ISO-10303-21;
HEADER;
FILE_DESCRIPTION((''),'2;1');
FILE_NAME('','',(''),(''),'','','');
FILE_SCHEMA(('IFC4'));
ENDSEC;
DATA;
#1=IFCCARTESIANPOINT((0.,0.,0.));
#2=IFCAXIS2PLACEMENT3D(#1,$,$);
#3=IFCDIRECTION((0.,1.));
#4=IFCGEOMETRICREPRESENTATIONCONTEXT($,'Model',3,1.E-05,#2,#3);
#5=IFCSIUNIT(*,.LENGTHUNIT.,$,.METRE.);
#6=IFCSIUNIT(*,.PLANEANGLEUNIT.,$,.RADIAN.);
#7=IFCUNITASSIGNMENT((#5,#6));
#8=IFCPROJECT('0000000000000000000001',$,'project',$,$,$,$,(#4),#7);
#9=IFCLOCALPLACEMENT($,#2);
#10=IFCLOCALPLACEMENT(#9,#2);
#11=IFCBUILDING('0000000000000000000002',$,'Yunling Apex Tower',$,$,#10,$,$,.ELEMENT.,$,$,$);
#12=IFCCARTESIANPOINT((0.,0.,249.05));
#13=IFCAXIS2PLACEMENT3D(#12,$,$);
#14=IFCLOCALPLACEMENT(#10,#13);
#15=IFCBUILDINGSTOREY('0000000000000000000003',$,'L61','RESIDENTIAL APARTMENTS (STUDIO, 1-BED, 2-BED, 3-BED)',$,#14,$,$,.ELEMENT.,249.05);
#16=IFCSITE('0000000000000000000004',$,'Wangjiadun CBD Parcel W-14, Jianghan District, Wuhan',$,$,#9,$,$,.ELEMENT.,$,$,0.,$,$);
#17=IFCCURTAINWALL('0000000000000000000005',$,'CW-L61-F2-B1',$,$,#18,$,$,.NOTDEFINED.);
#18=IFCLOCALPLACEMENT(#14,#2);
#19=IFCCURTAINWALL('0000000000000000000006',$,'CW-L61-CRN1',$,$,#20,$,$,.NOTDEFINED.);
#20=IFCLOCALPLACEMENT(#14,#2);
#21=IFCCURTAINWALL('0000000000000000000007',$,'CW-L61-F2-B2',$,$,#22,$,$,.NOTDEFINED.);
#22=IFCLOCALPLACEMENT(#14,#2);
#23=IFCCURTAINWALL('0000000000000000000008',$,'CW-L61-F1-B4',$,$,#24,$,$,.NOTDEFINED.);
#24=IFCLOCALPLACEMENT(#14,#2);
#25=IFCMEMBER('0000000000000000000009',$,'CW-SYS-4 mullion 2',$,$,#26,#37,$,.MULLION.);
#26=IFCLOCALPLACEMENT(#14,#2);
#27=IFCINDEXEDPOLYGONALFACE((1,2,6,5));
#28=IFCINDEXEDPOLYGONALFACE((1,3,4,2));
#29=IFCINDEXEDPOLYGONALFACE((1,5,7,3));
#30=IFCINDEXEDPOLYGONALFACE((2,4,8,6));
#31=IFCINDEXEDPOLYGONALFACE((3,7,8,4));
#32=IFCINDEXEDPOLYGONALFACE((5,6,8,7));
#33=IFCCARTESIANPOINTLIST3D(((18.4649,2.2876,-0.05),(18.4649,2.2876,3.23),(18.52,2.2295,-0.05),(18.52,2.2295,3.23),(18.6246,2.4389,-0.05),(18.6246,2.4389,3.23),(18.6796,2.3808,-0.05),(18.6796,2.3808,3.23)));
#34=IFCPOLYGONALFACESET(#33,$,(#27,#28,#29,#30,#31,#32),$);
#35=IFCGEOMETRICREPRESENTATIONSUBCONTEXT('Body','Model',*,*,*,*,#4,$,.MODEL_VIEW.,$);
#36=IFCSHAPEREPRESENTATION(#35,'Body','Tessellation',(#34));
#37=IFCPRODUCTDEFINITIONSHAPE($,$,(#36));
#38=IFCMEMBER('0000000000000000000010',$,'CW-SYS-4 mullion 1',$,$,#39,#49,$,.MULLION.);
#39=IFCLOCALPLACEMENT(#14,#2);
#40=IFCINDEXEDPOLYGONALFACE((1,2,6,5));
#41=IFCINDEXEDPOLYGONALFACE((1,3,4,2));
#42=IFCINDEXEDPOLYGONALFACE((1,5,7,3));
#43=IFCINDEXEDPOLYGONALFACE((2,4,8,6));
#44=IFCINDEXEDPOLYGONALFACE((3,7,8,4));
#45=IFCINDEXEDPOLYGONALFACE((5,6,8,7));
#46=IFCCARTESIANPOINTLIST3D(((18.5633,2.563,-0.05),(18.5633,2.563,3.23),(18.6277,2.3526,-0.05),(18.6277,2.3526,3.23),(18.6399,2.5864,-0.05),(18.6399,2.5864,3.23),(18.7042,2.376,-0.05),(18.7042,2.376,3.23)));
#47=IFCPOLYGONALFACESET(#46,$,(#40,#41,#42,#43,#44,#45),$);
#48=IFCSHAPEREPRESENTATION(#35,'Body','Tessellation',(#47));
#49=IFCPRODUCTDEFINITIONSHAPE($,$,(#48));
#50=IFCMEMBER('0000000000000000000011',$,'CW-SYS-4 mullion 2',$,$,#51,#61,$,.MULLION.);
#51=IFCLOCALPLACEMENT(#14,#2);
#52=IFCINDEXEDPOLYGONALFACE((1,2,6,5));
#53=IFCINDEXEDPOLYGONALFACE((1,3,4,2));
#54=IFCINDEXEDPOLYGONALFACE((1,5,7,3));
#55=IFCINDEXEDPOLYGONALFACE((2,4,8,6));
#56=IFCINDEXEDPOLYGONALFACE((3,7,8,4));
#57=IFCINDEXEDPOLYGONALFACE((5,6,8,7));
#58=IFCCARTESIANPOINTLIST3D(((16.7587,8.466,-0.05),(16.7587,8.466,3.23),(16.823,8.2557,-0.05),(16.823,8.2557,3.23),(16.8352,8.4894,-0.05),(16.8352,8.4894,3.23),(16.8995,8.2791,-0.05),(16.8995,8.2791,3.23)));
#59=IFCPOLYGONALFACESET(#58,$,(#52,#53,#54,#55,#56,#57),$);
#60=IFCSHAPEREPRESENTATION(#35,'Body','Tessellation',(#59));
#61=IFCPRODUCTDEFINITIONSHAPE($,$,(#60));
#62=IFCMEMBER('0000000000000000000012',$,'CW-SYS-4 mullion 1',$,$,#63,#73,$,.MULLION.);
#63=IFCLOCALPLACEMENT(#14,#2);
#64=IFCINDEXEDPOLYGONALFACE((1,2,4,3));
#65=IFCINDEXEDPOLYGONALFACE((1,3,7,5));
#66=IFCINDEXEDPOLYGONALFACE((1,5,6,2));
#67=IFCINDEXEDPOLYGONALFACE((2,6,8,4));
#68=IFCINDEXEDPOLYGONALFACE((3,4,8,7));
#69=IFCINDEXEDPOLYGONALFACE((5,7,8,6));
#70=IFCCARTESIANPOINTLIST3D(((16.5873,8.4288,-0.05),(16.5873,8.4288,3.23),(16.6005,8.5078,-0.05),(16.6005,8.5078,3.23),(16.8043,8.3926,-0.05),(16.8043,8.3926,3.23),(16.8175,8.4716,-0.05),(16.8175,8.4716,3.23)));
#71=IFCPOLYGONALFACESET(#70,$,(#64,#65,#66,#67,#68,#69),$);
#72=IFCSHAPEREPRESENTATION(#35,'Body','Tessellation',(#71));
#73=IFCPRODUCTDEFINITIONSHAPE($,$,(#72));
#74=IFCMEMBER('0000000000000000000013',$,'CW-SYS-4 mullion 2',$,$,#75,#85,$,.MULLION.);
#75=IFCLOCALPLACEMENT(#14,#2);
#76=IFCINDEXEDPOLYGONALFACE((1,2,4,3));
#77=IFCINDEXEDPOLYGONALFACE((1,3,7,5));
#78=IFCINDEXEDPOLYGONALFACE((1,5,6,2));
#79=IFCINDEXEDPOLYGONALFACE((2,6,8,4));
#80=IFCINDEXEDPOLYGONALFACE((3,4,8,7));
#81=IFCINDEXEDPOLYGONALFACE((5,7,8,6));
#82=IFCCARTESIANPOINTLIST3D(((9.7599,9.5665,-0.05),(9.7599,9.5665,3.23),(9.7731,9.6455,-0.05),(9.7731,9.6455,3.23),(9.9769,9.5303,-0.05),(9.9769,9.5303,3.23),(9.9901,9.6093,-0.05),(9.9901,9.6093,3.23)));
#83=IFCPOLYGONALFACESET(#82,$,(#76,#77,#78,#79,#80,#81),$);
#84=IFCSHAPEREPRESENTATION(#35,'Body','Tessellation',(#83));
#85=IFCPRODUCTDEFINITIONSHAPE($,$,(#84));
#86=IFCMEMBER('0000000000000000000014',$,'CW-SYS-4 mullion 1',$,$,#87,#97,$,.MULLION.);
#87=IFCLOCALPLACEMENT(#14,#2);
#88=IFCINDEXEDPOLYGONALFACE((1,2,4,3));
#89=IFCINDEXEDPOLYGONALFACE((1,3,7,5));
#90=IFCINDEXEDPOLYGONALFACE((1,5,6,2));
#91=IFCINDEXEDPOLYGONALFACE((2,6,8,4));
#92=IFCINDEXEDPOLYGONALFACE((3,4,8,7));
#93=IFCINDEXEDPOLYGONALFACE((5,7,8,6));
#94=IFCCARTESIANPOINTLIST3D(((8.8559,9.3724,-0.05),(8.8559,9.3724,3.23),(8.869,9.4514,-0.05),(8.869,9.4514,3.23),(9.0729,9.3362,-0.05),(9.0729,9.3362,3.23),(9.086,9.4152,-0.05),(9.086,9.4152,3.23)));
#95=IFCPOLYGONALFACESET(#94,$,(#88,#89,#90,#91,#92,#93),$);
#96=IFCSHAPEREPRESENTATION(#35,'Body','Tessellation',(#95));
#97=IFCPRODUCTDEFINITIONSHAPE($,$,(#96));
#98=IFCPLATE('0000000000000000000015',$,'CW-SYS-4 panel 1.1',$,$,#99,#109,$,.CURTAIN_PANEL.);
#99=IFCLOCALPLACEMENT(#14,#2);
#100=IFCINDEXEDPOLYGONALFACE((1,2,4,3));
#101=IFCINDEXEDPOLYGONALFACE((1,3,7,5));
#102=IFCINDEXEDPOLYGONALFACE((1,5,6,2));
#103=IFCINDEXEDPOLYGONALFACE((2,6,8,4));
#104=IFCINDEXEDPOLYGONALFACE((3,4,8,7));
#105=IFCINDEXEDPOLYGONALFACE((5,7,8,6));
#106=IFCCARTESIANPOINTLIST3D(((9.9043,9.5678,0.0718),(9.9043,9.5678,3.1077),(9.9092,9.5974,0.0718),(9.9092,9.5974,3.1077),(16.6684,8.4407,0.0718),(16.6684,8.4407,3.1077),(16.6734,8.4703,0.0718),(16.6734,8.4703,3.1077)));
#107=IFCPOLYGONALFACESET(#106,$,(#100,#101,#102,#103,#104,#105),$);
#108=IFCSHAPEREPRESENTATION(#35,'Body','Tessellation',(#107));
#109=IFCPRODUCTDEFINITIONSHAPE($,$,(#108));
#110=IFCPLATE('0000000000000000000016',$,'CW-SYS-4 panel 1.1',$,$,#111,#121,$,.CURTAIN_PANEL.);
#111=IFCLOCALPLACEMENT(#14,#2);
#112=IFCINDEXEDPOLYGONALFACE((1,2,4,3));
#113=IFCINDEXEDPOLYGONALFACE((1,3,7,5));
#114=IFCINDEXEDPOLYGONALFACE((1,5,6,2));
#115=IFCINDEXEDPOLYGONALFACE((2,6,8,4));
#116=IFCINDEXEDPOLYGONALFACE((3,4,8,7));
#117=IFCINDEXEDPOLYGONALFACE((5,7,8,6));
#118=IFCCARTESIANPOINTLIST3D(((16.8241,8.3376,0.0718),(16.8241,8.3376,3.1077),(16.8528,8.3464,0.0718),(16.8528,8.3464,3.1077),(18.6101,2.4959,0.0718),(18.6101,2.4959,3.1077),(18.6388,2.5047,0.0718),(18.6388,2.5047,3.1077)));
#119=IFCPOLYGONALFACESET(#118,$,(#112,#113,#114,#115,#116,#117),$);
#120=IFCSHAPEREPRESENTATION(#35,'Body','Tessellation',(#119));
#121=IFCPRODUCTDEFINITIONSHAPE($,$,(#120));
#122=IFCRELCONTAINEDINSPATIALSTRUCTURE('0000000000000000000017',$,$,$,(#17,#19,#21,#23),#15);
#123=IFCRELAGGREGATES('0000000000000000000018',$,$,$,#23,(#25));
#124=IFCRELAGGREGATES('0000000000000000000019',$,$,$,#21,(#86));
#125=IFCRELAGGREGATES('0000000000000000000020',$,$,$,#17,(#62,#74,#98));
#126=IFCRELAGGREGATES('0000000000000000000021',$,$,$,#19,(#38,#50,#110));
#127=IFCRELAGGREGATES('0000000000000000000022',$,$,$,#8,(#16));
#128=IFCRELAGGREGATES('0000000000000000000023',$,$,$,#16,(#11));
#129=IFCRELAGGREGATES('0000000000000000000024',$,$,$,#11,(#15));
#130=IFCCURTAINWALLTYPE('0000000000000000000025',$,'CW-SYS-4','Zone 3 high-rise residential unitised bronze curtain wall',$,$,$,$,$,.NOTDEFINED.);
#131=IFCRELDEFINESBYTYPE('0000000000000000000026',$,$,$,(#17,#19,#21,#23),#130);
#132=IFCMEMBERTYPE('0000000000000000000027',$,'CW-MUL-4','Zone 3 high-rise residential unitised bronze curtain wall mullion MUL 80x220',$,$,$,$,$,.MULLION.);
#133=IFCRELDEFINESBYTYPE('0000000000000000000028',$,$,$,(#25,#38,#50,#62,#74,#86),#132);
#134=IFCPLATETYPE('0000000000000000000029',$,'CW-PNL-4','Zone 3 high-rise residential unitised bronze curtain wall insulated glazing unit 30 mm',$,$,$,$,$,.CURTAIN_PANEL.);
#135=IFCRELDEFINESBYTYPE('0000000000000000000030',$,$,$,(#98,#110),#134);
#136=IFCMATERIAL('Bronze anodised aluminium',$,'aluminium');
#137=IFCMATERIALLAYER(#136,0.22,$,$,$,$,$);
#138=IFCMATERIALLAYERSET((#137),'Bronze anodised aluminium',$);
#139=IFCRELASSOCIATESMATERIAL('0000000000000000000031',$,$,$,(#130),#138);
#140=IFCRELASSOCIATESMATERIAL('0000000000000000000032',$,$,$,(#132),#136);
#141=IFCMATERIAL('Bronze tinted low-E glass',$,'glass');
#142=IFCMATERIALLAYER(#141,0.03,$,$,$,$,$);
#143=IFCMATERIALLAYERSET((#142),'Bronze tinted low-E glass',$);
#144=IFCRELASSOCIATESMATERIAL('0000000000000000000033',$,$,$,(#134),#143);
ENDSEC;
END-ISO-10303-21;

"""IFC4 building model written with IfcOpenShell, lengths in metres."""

from ifc_helpers import new_model, si_unit, direction, frame, origin, origin_2d, place, context, subcontext, project, spatial, rectangle, extrude, source, transform, mapped, material, layer, layer_set, material_profile, profile_set, type_object, element, aggregate, save


model = new_model("IFC4")

# Units and contexts
model_context = context("Model", 3, precision=1e-05, world=origin(), true_north=direction((0.0, 1.0)))
body_context = subcontext(model_context, "Body", "Model", "MODEL_VIEW")
ifc_project = project(units=[si_unit("LENGTHUNIT", "METRE"), si_unit("PLANEANGLEUNIT", "RADIAN")], contexts=[model_context])

# Site, building, storey
site_placement = place(None, origin())
site = spatial("IfcSite", under=ifc_project, at=site_placement, Name="Wangjiadun CBD Parcel W-14, Jianghan District, Wuhan", CompositionType="ELEMENT", RefElevation=0.0)
building_placement = place(site_placement, origin())
building = spatial("IfcBuilding", under=site, at=building_placement, Name="Yunling Apex Tower", CompositionType="ELEMENT")
storey_placement = place(building_placement, frame((0.0, 0.0, 249.05)))
storey = spatial("IfcBuildingStorey", under=building, at=storey_placement, Name="L61", Description="RESIDENTIAL APARTMENTS (STUDIO, 1-BED, 2-BED, 3-BED)", CompositionType="ELEMENT", Elevation=249.05)

# Curtain walls
ifc_material_1 = material(Name="Bronze anodised aluminium", Category="aluminium")
ifc_layer_1 = layer(ifc_material_1, 0.22)
ifc_layer_set_1 = layer_set([ifc_layer_1], Name="Bronze anodised aluminium")
curtain_wall_type = type_object("IfcCurtainWallType", Name="CW-SYS-4", Description="Zone 3 high-rise residential unitised bronze curtain wall", PredefinedType="NOTDEFINED", material=ifc_layer_set_1)
curtain_wall_1_placement = place(storey_placement, origin())
curtain_wall_1 = element("IfcCurtainWall", 1, at=curtain_wall_1_placement, inside=storey, type_object=curtain_wall_type, Name="CW-L61-F2-B1", PredefinedType="NOTDEFINED")
curtain_wall_2_placement = place(storey_placement, origin())
curtain_wall_2 = element("IfcCurtainWall", 2, at=curtain_wall_2_placement, inside=storey, type_object=curtain_wall_type, Name="CW-L61-CRN1", PredefinedType="NOTDEFINED")
curtain_wall_3_placement = place(storey_placement, origin())
curtain_wall_3 = element("IfcCurtainWall", 3, at=curtain_wall_3_placement, inside=storey, type_object=curtain_wall_type, Name="CW-L61-F2-B2", PredefinedType="NOTDEFINED")

# Curtain wall, member
curtain_wall_4_placement = place(storey_placement, origin())
curtain_wall_4 = element("IfcCurtainWall", 4, at=curtain_wall_4_placement, inside=storey, type_object=curtain_wall_type, Name="CW-L61-F1-B4", PredefinedType="NOTDEFINED")
ifc_material_profile_1 = material_profile(ifc_material_1, rectangle(XDim=0.0801, YDim=0.22, at=origin_2d()))
ifc_profile_set_1 = profile_set([ifc_material_profile_1], Name="Bronze anodised aluminium")
member_type_1 = type_object("IfcMemberType", Name="CW-MUL-4", Description="Zone 3 high-rise residential unitised bronze curtain wall mullion MUL 80x220", PredefinedType="MULLION", material=ifc_profile_set_1)
shared_shape_1 = source(origin(), body_context, "Body", "SweptSolid", [
    extrude(rectangle(XDim=0.0801, YDim=0.22, at=origin_2d()), origin(), (0.0, 0.0, 1.0), 3.28),
])
member_1_placement = place(storey_placement, frame((18.5723, 2.3342, -0.05), z_axis=(0.0, 0.0, 1.0), x_axis=(-0.687848, 0.725855, 0.0)))
member_1 = element("IfcMember", 5, at=member_1_placement, type_object=member_type_1, Name="CW-SYS-4 mullion 2", PredefinedType="MULLION", context=body_context, shape_type="MappedRepresentation", body=[
    mapped(shared_shape_1, transform((0.0, 0.0, 0.0), scale=1.0)),
])
aggregate(curtain_wall_4, [member_1])

# Members
member_2_placement = place(storey_placement, frame((18.6338, 2.4695, -0.05), z_axis=(0.0, 0.0, 1.0), x_axis=(-0.956305, -0.292369, 0.0)))
member_2 = element("IfcMember", 6, at=member_2_placement, type_object=member_type_1, Name="CW-SYS-4 mullion 1", PredefinedType="MULLION", context=body_context, shape_type="MappedRepresentation", body=[
    mapped(shared_shape_1, transform((0.0, 0.0, 0.0), scale=1.0)),
])
member_3_placement = place(storey_placement, frame((16.8291, 8.3726, -0.05), z_axis=(0.0, 0.0, 1.0), x_axis=(-0.956305, -0.292369, 0.0)))
member_3 = element("IfcMember", 7, at=member_3_placement, type_object=member_type_1, Name="CW-SYS-4 mullion 2", PredefinedType="MULLION", context=body_context, shape_type="MappedRepresentation", body=[
    mapped(shared_shape_1, transform((0.0, 0.0, 0.0), scale=1.0)),
])
member_4_placement = place(storey_placement, frame((16.7024, 8.4502, -0.05), z_axis=(0.0, 0.0, 1.0), x_axis=(-0.164353, -0.986402, 0.0)))
member_4 = element("IfcMember", 8, at=member_4_placement, type_object=member_type_1, Name="CW-SYS-4 mullion 1", PredefinedType="MULLION", context=body_context, shape_type="MappedRepresentation", body=[
    mapped(shared_shape_1, transform((0.0, 0.0, 0.0), scale=1.0)),
])
member_5_placement = place(storey_placement, frame((9.875, 9.5879, -0.05), z_axis=(0.0, 0.0, 1.0), x_axis=(-0.164353, -0.986402, 0.0)))
member_5 = element("IfcMember", 9, at=member_5_placement, type_object=member_type_1, Name="CW-SYS-4 mullion 2", PredefinedType="MULLION", context=body_context, shape_type="MappedRepresentation", body=[
    mapped(shared_shape_1, transform((0.0, 0.0, 0.0), scale=1.0)),
])
member_6_placement = place(storey_placement, frame((8.9709, 9.3938, -0.05), z_axis=(0.0, 0.0, 1.0), x_axis=(-0.164371, -0.986399, 0.0)))
member_6 = element("IfcMember", 10, at=member_6_placement, type_object=member_type_1, Name="CW-SYS-4 mullion 1", PredefinedType="MULLION", context=body_context, shape_type="MappedRepresentation", body=[
    mapped(shared_shape_1, transform((0.0, 0.0, 0.0), scale=1.0)),
])
aggregate(curtain_wall_3, [member_6])

# Plates
ifc_material_2 = material(Name="Bronze tinted low-E glass", Category="glass")
ifc_layer_2 = layer(ifc_material_2, 0.03)
ifc_layer_set_2 = layer_set([ifc_layer_2], Name="Bronze tinted low-E glass")
plate_type = type_object("IfcPlateType", Name="CW-PNL-4", Description="Zone 3 high-rise residential unitised bronze curtain wall insulated glazing unit 30 mm", PredefinedType="CURTAIN_PANEL", material=ifc_layer_set_2)
shared_shape_2 = source(origin(), body_context, "Body", "SweptSolid", [
    extrude(rectangle(XDim=6.8574, YDim=0.03, at=origin_2d()), origin(), (0.0, 0.0, 1.0), 3.0359),
])
plate_1_placement = place(storey_placement, frame((13.2888, 9.019, 0.0718), z_axis=(0.0, 0.0, 1.0), x_axis=(-0.986402, 0.164353, 0.0)))
plate_1 = element("IfcPlate", 11, at=plate_1_placement, type_object=plate_type, Name="CW-SYS-4 panel 1.1", PredefinedType="CURTAIN_PANEL", context=body_context, shape_type="MappedRepresentation", body=[
    mapped(shared_shape_2, transform((0.0, 0.0, 0.0), scale=1.0)),
])
aggregate(curtain_wall_1, [member_4, member_5, plate_1])
shared_shape_3 = source(origin(), body_context, "Body", "SweptSolid", [
    extrude(rectangle(XDim=6.1086, YDim=0.03, at=origin_2d()), origin(), (0.0, 0.0, 1.0), 3.0359),
])
plate_2_placement = place(storey_placement, frame((17.7314, 5.4211, 0.0718), z_axis=(0.0, 0.0, 1.0), x_axis=(-0.292369, 0.956305, 0.0)))
plate_2 = element("IfcPlate", 12, at=plate_2_placement, type_object=plate_type, Name="CW-SYS-4 panel 1.1", PredefinedType="CURTAIN_PANEL", context=body_context, shape_type="MappedRepresentation", body=[
    mapped(shared_shape_3, transform((0.0, 0.0, 0.0), scale=1.0)),
])
aggregate(curtain_wall_2, [member_2, member_3, plate_2])

save(model, "model.ifc")
